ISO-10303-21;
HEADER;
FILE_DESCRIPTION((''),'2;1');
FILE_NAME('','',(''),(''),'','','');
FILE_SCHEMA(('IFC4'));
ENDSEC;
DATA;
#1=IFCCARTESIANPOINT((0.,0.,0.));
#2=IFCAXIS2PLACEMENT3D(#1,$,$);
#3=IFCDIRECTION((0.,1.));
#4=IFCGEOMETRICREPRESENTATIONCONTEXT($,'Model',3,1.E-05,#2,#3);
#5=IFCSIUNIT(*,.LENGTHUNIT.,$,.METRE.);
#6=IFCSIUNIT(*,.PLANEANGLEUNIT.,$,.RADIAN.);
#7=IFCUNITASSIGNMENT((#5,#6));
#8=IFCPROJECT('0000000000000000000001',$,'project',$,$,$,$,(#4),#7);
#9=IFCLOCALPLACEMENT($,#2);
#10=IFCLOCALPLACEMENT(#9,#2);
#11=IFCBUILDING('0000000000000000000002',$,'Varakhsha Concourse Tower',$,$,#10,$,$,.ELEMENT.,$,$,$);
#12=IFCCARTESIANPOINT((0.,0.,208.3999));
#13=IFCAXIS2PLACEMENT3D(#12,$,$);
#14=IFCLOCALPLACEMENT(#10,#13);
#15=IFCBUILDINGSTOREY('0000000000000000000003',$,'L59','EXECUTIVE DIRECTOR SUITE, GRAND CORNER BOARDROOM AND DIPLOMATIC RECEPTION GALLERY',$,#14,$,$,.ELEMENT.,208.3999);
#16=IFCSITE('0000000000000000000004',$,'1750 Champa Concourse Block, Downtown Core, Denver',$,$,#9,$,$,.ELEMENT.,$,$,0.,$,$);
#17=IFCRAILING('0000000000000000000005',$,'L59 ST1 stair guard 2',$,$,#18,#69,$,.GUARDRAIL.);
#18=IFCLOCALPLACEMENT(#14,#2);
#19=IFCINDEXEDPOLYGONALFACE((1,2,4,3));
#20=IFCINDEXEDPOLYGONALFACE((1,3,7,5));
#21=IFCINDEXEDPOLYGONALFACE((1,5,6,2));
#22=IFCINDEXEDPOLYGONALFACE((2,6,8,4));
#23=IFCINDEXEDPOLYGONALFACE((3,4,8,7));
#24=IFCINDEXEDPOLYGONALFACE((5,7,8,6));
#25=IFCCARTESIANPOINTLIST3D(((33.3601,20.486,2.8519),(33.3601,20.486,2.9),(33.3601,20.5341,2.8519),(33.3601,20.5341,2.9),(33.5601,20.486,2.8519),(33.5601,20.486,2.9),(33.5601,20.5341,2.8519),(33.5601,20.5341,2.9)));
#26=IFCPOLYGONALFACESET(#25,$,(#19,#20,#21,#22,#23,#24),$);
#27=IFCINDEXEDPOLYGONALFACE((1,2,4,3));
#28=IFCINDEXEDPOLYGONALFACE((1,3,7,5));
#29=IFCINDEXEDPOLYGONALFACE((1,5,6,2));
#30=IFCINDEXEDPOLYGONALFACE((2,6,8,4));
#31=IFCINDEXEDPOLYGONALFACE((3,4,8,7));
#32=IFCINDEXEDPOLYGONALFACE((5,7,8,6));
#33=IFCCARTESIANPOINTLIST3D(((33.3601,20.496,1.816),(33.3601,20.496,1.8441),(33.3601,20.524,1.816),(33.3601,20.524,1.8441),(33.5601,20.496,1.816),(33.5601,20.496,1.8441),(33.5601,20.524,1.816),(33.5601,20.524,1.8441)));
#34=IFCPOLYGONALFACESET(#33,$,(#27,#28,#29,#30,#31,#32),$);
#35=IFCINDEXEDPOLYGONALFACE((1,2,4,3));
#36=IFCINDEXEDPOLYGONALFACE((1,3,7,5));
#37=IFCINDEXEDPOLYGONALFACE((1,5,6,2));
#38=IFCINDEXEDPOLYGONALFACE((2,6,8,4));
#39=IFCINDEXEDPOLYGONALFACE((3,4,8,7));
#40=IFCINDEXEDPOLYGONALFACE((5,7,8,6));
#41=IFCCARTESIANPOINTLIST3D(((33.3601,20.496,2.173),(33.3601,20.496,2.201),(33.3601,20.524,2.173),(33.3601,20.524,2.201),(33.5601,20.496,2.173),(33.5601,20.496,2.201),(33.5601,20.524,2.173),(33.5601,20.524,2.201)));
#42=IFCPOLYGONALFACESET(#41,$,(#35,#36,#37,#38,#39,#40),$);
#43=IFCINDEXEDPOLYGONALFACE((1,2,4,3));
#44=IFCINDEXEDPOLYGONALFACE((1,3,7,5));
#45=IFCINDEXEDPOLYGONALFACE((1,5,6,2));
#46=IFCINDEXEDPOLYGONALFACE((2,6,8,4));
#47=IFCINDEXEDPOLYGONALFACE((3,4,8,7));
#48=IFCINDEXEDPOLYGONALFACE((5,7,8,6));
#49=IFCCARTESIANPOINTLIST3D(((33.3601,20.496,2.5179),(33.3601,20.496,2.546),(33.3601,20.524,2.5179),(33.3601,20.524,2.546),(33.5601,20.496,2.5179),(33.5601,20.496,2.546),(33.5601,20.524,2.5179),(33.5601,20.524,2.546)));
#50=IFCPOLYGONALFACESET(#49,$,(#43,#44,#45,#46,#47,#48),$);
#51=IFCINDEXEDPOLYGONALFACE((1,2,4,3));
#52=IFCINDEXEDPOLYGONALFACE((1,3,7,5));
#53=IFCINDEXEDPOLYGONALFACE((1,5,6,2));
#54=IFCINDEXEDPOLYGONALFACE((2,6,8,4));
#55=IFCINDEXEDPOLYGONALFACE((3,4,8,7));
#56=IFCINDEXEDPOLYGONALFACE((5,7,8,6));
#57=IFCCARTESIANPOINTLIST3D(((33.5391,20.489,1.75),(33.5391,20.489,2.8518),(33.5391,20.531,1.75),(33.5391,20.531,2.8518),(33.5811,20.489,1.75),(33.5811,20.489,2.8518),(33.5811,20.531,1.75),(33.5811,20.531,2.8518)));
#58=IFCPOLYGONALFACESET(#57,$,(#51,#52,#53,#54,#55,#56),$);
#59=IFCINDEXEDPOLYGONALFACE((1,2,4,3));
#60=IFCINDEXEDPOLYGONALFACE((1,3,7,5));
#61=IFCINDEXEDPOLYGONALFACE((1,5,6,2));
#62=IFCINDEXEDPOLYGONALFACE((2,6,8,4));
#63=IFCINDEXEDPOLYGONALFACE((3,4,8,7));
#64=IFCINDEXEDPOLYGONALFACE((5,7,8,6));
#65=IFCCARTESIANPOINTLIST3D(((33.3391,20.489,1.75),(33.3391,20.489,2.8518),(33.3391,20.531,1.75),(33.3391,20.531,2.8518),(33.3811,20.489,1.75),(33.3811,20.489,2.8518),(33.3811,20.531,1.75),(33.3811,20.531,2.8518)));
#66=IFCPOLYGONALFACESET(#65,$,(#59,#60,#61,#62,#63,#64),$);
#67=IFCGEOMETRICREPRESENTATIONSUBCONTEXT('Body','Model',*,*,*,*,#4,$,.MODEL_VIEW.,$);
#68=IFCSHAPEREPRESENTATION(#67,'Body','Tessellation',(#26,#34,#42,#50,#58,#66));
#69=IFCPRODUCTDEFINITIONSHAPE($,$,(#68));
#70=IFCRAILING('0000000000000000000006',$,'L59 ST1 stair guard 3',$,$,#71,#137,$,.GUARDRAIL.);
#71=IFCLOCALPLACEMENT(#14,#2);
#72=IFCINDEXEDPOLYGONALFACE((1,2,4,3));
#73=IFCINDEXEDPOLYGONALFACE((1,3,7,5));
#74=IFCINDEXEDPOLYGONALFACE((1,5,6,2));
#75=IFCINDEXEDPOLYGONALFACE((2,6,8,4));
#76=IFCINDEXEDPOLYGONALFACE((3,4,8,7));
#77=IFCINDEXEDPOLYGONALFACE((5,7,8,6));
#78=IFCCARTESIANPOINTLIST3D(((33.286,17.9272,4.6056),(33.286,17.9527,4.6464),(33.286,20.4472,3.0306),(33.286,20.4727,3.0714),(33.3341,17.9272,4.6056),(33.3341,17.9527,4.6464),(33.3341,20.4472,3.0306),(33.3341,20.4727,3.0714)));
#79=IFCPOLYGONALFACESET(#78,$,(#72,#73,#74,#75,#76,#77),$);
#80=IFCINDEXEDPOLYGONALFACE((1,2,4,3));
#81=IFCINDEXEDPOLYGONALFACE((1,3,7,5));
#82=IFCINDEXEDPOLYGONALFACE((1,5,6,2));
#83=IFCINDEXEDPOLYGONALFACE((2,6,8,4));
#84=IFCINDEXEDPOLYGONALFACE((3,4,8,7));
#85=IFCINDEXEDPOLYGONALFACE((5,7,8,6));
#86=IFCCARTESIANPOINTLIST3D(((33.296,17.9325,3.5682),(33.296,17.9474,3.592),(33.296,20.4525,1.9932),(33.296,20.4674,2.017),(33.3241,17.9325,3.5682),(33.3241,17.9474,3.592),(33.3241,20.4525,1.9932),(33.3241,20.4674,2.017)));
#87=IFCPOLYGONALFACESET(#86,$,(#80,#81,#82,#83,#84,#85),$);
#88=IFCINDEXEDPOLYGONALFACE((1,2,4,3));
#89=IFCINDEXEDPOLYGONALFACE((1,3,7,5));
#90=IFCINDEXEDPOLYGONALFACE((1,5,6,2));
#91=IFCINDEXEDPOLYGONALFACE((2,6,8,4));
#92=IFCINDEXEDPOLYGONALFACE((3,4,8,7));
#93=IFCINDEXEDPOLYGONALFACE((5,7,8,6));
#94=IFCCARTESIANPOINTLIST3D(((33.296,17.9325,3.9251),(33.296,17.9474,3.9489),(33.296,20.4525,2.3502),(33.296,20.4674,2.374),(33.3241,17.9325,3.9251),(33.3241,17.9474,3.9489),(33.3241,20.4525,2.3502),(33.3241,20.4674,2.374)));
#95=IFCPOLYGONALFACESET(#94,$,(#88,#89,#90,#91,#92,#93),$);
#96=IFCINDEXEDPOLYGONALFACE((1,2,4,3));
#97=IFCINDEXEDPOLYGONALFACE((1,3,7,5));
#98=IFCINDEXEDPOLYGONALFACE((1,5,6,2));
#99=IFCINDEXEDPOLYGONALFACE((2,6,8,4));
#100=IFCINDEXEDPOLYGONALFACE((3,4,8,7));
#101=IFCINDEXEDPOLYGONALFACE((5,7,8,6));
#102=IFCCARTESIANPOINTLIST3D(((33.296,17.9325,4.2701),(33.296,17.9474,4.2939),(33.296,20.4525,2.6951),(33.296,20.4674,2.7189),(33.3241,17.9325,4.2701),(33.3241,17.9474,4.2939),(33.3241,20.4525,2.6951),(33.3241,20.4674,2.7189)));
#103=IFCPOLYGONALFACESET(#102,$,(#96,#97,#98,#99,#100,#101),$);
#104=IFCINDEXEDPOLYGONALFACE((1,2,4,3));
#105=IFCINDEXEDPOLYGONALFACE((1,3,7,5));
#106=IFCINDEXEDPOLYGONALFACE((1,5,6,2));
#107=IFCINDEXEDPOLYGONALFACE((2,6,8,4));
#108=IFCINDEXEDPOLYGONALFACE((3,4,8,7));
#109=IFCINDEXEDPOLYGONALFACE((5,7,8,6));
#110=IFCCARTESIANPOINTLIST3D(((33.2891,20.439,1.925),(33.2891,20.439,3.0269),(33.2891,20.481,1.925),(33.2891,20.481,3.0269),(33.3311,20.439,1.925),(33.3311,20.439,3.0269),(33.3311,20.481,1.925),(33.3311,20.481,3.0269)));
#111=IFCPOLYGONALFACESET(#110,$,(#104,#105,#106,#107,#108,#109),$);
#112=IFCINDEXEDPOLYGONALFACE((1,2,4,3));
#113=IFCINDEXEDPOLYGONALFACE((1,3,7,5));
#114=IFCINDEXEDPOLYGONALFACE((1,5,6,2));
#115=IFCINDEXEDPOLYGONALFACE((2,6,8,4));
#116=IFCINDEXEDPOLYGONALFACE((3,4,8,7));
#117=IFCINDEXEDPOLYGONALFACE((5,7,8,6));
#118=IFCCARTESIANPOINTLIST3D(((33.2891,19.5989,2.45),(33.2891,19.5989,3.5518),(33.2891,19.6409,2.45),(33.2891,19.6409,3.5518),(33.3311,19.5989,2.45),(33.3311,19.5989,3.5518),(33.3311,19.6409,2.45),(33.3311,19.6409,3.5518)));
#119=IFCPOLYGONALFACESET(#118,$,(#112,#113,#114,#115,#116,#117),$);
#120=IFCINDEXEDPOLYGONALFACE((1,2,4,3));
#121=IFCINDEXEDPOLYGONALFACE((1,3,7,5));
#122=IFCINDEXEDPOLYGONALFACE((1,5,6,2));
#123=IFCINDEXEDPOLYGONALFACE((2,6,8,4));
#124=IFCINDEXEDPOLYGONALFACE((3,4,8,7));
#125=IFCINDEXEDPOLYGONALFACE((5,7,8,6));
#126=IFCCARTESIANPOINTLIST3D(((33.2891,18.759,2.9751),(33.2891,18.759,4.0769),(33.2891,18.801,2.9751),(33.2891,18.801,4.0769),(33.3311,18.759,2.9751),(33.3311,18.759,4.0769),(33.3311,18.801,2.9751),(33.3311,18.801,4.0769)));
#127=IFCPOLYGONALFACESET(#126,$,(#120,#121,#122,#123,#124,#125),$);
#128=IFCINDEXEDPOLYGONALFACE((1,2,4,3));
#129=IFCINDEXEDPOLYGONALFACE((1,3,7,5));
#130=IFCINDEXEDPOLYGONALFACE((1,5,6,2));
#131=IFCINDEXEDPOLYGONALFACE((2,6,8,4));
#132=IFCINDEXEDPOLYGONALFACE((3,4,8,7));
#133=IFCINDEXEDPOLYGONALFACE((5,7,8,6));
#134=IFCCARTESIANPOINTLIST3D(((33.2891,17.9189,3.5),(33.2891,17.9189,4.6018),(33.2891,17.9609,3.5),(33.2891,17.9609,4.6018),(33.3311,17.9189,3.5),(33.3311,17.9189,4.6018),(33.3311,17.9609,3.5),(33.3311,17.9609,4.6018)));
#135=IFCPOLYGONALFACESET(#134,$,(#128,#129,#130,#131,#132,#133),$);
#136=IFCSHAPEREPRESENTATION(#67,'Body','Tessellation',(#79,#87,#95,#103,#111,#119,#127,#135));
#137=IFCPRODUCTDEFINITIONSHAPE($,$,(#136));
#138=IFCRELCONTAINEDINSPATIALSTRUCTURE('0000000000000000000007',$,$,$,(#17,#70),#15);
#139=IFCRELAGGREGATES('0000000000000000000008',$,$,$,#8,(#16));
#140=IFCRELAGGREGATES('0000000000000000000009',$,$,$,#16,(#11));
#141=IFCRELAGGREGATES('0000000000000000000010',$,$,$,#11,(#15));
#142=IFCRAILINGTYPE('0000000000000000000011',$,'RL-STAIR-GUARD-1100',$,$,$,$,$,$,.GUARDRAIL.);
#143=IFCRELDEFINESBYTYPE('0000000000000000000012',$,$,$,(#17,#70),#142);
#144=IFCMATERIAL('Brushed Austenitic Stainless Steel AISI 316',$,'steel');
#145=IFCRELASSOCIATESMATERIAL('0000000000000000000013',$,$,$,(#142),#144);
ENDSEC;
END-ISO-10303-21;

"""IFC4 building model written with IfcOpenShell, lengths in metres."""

from ifc_helpers import new_model, si_unit, direction, frame, origin, origin_2d, place, context, subcontext, project, spatial, rectangle, extrude, material, type_object, element, save


model = new_model("IFC4")

# Units and contexts
model_context = context("Model", 3, precision=1e-05, world=origin(), true_north=direction((0.0, 1.0)))
body_context = subcontext(model_context, "Body", "Model", "MODEL_VIEW")
ifc_project = project(units=[si_unit("LENGTHUNIT", "METRE"), si_unit("PLANEANGLEUNIT", "RADIAN")], contexts=[model_context])

# Site, building, storey
site_placement = place(None, origin())
site = spatial("IfcSite", under=ifc_project, at=site_placement, Name="1750 Champa Concourse Block, Downtown Core, Denver", CompositionType="ELEMENT", RefElevation=0.0)
building_placement = place(site_placement, origin())
building = spatial("IfcBuilding", under=site, at=building_placement, Name="Varakhsha Concourse Tower", CompositionType="ELEMENT")
storey_placement = place(building_placement, frame((0.0, 0.0, 208.3999)))
storey = spatial("IfcBuildingStorey", under=building, at=storey_placement, Name="L59", Description="EXECUTIVE DIRECTOR SUITE, GRAND CORNER BOARDROOM AND DIPLOMATIC RECEPTION GALLERY", CompositionType="ELEMENT", Elevation=208.3999)

# Shared definitions
ifc_material_1 = material(Name="Brushed Austenitic Stainless Steel AISI 316", Category="steel")

# Railings
railing_type = type_object("IfcRailingType", Name="RL-STAIR-GUARD-1100", PredefinedType="GUARDRAIL", material=ifc_material_1)
railing_1_placement = place(storey_placement, frame((33.5601, 20.51, 1.75)))
element("IfcRailing", 1, at=railing_1_placement, inside=storey, type_object=railing_type, Name="L59 ST1 stair guard 2", PredefinedType="GUARDRAIL", context=body_context, shape_type="SweptSolid", body=[
    extrude(rectangle(XDim=0.0481, YDim=0.0481, at=origin_2d()), frame((0.0, 0.0, 1.126), z_axis=(-1.0, 0.0, 0.0), x_axis=(0.0, -1.0, 0.0)), (0.0, 0.0, 1.0), 0.2),
    extrude(rectangle(XDim=0.0281, YDim=0.0281, at=origin_2d()), frame((0.0, 0.0, 0.0801), z_axis=(-1.0, 0.0, 0.0), x_axis=(0.0, -1.0, 0.0)), (0.0, 0.0, 1.0), 0.2),
    extrude(rectangle(XDim=0.0281, YDim=0.0281, at=origin_2d()), frame((0.0, 0.0, 0.437), z_axis=(-1.0, 0.0, 0.0), x_axis=(0.0, -1.0, 0.0)), (0.0, 0.0, 1.0), 0.2),
    extrude(rectangle(XDim=0.0281, YDim=0.0281, at=origin_2d()), frame((0.0, 0.0, 0.782), z_axis=(-1.0, 0.0, 0.0), x_axis=(0.0, -1.0, 0.0)), (0.0, 0.0, 1.0), 0.2),
    extrude(rectangle(XDim=0.042, YDim=0.042, at=origin_2d()), origin(), (0.0, 0.0, 1.0), 1.1018),
    extrude(rectangle(XDim=0.042, YDim=0.042, at=origin_2d()), frame((-0.2, 0.0, 0.0)), (0.0, 0.0, 1.0), 1.1018),
])
railing_2_placement = place(storey_placement, frame((33.3101, 20.46, 1.925)))
element("IfcRailing", 2, at=railing_2_placement, inside=storey, type_object=railing_type, Name="L59 ST1 stair guard 3", PredefinedType="GUARDRAIL", context=body_context, shape_type="SweptSolid", body=[
    extrude(rectangle(XDim=0.0481, YDim=0.0481, at=origin_2d()), frame((0.0, 0.0, 1.126), z_axis=(0.0, -0.848008, 0.529984), x_axis=(1.0, 0.0, 0.0)), (0.0, 0.0, 1.0), 2.9717),
    extrude(rectangle(XDim=0.0281, YDim=0.0281, at=origin_2d()), frame((0.0, 0.0, 0.0801), z_axis=(0.0, -0.848008, 0.529984), x_axis=(1.0, 0.0, 0.0)), (0.0, 0.0, 1.0), 2.9717),
    extrude(rectangle(XDim=0.0281, YDim=0.0281, at=origin_2d()), frame((0.0, 0.0, 0.437), z_axis=(0.0, -0.848008, 0.529984), x_axis=(1.0, 0.0, 0.0)), (0.0, 0.0, 1.0), 2.9717),
    extrude(rectangle(XDim=0.0281, YDim=0.0281, at=origin_2d()), frame((0.0, 0.0, 0.782), z_axis=(0.0, -0.848008, 0.529984), x_axis=(1.0, 0.0, 0.0)), (0.0, 0.0, 1.0), 2.9717),
    extrude(rectangle(XDim=0.042, YDim=0.042, at=origin_2d()), origin(), (0.0, 0.0, 1.0), 1.1018),
    extrude(rectangle(XDim=0.042, YDim=0.042, at=origin_2d()), frame((0.0, -0.8401, 0.5249)), (0.0, 0.0, 1.0), 1.1018),
    extrude(rectangle(XDim=0.042, YDim=0.042, at=origin_2d()), frame((0.0, -1.6799, 1.05)), (0.0, 0.0, 1.0), 1.1018),
    extrude(rectangle(XDim=0.042, YDim=0.042, at=origin_2d()), frame((0.0, -2.52, 1.575)), (0.0, 0.0, 1.0), 1.1018),
])

save(model, "model.ifc")
